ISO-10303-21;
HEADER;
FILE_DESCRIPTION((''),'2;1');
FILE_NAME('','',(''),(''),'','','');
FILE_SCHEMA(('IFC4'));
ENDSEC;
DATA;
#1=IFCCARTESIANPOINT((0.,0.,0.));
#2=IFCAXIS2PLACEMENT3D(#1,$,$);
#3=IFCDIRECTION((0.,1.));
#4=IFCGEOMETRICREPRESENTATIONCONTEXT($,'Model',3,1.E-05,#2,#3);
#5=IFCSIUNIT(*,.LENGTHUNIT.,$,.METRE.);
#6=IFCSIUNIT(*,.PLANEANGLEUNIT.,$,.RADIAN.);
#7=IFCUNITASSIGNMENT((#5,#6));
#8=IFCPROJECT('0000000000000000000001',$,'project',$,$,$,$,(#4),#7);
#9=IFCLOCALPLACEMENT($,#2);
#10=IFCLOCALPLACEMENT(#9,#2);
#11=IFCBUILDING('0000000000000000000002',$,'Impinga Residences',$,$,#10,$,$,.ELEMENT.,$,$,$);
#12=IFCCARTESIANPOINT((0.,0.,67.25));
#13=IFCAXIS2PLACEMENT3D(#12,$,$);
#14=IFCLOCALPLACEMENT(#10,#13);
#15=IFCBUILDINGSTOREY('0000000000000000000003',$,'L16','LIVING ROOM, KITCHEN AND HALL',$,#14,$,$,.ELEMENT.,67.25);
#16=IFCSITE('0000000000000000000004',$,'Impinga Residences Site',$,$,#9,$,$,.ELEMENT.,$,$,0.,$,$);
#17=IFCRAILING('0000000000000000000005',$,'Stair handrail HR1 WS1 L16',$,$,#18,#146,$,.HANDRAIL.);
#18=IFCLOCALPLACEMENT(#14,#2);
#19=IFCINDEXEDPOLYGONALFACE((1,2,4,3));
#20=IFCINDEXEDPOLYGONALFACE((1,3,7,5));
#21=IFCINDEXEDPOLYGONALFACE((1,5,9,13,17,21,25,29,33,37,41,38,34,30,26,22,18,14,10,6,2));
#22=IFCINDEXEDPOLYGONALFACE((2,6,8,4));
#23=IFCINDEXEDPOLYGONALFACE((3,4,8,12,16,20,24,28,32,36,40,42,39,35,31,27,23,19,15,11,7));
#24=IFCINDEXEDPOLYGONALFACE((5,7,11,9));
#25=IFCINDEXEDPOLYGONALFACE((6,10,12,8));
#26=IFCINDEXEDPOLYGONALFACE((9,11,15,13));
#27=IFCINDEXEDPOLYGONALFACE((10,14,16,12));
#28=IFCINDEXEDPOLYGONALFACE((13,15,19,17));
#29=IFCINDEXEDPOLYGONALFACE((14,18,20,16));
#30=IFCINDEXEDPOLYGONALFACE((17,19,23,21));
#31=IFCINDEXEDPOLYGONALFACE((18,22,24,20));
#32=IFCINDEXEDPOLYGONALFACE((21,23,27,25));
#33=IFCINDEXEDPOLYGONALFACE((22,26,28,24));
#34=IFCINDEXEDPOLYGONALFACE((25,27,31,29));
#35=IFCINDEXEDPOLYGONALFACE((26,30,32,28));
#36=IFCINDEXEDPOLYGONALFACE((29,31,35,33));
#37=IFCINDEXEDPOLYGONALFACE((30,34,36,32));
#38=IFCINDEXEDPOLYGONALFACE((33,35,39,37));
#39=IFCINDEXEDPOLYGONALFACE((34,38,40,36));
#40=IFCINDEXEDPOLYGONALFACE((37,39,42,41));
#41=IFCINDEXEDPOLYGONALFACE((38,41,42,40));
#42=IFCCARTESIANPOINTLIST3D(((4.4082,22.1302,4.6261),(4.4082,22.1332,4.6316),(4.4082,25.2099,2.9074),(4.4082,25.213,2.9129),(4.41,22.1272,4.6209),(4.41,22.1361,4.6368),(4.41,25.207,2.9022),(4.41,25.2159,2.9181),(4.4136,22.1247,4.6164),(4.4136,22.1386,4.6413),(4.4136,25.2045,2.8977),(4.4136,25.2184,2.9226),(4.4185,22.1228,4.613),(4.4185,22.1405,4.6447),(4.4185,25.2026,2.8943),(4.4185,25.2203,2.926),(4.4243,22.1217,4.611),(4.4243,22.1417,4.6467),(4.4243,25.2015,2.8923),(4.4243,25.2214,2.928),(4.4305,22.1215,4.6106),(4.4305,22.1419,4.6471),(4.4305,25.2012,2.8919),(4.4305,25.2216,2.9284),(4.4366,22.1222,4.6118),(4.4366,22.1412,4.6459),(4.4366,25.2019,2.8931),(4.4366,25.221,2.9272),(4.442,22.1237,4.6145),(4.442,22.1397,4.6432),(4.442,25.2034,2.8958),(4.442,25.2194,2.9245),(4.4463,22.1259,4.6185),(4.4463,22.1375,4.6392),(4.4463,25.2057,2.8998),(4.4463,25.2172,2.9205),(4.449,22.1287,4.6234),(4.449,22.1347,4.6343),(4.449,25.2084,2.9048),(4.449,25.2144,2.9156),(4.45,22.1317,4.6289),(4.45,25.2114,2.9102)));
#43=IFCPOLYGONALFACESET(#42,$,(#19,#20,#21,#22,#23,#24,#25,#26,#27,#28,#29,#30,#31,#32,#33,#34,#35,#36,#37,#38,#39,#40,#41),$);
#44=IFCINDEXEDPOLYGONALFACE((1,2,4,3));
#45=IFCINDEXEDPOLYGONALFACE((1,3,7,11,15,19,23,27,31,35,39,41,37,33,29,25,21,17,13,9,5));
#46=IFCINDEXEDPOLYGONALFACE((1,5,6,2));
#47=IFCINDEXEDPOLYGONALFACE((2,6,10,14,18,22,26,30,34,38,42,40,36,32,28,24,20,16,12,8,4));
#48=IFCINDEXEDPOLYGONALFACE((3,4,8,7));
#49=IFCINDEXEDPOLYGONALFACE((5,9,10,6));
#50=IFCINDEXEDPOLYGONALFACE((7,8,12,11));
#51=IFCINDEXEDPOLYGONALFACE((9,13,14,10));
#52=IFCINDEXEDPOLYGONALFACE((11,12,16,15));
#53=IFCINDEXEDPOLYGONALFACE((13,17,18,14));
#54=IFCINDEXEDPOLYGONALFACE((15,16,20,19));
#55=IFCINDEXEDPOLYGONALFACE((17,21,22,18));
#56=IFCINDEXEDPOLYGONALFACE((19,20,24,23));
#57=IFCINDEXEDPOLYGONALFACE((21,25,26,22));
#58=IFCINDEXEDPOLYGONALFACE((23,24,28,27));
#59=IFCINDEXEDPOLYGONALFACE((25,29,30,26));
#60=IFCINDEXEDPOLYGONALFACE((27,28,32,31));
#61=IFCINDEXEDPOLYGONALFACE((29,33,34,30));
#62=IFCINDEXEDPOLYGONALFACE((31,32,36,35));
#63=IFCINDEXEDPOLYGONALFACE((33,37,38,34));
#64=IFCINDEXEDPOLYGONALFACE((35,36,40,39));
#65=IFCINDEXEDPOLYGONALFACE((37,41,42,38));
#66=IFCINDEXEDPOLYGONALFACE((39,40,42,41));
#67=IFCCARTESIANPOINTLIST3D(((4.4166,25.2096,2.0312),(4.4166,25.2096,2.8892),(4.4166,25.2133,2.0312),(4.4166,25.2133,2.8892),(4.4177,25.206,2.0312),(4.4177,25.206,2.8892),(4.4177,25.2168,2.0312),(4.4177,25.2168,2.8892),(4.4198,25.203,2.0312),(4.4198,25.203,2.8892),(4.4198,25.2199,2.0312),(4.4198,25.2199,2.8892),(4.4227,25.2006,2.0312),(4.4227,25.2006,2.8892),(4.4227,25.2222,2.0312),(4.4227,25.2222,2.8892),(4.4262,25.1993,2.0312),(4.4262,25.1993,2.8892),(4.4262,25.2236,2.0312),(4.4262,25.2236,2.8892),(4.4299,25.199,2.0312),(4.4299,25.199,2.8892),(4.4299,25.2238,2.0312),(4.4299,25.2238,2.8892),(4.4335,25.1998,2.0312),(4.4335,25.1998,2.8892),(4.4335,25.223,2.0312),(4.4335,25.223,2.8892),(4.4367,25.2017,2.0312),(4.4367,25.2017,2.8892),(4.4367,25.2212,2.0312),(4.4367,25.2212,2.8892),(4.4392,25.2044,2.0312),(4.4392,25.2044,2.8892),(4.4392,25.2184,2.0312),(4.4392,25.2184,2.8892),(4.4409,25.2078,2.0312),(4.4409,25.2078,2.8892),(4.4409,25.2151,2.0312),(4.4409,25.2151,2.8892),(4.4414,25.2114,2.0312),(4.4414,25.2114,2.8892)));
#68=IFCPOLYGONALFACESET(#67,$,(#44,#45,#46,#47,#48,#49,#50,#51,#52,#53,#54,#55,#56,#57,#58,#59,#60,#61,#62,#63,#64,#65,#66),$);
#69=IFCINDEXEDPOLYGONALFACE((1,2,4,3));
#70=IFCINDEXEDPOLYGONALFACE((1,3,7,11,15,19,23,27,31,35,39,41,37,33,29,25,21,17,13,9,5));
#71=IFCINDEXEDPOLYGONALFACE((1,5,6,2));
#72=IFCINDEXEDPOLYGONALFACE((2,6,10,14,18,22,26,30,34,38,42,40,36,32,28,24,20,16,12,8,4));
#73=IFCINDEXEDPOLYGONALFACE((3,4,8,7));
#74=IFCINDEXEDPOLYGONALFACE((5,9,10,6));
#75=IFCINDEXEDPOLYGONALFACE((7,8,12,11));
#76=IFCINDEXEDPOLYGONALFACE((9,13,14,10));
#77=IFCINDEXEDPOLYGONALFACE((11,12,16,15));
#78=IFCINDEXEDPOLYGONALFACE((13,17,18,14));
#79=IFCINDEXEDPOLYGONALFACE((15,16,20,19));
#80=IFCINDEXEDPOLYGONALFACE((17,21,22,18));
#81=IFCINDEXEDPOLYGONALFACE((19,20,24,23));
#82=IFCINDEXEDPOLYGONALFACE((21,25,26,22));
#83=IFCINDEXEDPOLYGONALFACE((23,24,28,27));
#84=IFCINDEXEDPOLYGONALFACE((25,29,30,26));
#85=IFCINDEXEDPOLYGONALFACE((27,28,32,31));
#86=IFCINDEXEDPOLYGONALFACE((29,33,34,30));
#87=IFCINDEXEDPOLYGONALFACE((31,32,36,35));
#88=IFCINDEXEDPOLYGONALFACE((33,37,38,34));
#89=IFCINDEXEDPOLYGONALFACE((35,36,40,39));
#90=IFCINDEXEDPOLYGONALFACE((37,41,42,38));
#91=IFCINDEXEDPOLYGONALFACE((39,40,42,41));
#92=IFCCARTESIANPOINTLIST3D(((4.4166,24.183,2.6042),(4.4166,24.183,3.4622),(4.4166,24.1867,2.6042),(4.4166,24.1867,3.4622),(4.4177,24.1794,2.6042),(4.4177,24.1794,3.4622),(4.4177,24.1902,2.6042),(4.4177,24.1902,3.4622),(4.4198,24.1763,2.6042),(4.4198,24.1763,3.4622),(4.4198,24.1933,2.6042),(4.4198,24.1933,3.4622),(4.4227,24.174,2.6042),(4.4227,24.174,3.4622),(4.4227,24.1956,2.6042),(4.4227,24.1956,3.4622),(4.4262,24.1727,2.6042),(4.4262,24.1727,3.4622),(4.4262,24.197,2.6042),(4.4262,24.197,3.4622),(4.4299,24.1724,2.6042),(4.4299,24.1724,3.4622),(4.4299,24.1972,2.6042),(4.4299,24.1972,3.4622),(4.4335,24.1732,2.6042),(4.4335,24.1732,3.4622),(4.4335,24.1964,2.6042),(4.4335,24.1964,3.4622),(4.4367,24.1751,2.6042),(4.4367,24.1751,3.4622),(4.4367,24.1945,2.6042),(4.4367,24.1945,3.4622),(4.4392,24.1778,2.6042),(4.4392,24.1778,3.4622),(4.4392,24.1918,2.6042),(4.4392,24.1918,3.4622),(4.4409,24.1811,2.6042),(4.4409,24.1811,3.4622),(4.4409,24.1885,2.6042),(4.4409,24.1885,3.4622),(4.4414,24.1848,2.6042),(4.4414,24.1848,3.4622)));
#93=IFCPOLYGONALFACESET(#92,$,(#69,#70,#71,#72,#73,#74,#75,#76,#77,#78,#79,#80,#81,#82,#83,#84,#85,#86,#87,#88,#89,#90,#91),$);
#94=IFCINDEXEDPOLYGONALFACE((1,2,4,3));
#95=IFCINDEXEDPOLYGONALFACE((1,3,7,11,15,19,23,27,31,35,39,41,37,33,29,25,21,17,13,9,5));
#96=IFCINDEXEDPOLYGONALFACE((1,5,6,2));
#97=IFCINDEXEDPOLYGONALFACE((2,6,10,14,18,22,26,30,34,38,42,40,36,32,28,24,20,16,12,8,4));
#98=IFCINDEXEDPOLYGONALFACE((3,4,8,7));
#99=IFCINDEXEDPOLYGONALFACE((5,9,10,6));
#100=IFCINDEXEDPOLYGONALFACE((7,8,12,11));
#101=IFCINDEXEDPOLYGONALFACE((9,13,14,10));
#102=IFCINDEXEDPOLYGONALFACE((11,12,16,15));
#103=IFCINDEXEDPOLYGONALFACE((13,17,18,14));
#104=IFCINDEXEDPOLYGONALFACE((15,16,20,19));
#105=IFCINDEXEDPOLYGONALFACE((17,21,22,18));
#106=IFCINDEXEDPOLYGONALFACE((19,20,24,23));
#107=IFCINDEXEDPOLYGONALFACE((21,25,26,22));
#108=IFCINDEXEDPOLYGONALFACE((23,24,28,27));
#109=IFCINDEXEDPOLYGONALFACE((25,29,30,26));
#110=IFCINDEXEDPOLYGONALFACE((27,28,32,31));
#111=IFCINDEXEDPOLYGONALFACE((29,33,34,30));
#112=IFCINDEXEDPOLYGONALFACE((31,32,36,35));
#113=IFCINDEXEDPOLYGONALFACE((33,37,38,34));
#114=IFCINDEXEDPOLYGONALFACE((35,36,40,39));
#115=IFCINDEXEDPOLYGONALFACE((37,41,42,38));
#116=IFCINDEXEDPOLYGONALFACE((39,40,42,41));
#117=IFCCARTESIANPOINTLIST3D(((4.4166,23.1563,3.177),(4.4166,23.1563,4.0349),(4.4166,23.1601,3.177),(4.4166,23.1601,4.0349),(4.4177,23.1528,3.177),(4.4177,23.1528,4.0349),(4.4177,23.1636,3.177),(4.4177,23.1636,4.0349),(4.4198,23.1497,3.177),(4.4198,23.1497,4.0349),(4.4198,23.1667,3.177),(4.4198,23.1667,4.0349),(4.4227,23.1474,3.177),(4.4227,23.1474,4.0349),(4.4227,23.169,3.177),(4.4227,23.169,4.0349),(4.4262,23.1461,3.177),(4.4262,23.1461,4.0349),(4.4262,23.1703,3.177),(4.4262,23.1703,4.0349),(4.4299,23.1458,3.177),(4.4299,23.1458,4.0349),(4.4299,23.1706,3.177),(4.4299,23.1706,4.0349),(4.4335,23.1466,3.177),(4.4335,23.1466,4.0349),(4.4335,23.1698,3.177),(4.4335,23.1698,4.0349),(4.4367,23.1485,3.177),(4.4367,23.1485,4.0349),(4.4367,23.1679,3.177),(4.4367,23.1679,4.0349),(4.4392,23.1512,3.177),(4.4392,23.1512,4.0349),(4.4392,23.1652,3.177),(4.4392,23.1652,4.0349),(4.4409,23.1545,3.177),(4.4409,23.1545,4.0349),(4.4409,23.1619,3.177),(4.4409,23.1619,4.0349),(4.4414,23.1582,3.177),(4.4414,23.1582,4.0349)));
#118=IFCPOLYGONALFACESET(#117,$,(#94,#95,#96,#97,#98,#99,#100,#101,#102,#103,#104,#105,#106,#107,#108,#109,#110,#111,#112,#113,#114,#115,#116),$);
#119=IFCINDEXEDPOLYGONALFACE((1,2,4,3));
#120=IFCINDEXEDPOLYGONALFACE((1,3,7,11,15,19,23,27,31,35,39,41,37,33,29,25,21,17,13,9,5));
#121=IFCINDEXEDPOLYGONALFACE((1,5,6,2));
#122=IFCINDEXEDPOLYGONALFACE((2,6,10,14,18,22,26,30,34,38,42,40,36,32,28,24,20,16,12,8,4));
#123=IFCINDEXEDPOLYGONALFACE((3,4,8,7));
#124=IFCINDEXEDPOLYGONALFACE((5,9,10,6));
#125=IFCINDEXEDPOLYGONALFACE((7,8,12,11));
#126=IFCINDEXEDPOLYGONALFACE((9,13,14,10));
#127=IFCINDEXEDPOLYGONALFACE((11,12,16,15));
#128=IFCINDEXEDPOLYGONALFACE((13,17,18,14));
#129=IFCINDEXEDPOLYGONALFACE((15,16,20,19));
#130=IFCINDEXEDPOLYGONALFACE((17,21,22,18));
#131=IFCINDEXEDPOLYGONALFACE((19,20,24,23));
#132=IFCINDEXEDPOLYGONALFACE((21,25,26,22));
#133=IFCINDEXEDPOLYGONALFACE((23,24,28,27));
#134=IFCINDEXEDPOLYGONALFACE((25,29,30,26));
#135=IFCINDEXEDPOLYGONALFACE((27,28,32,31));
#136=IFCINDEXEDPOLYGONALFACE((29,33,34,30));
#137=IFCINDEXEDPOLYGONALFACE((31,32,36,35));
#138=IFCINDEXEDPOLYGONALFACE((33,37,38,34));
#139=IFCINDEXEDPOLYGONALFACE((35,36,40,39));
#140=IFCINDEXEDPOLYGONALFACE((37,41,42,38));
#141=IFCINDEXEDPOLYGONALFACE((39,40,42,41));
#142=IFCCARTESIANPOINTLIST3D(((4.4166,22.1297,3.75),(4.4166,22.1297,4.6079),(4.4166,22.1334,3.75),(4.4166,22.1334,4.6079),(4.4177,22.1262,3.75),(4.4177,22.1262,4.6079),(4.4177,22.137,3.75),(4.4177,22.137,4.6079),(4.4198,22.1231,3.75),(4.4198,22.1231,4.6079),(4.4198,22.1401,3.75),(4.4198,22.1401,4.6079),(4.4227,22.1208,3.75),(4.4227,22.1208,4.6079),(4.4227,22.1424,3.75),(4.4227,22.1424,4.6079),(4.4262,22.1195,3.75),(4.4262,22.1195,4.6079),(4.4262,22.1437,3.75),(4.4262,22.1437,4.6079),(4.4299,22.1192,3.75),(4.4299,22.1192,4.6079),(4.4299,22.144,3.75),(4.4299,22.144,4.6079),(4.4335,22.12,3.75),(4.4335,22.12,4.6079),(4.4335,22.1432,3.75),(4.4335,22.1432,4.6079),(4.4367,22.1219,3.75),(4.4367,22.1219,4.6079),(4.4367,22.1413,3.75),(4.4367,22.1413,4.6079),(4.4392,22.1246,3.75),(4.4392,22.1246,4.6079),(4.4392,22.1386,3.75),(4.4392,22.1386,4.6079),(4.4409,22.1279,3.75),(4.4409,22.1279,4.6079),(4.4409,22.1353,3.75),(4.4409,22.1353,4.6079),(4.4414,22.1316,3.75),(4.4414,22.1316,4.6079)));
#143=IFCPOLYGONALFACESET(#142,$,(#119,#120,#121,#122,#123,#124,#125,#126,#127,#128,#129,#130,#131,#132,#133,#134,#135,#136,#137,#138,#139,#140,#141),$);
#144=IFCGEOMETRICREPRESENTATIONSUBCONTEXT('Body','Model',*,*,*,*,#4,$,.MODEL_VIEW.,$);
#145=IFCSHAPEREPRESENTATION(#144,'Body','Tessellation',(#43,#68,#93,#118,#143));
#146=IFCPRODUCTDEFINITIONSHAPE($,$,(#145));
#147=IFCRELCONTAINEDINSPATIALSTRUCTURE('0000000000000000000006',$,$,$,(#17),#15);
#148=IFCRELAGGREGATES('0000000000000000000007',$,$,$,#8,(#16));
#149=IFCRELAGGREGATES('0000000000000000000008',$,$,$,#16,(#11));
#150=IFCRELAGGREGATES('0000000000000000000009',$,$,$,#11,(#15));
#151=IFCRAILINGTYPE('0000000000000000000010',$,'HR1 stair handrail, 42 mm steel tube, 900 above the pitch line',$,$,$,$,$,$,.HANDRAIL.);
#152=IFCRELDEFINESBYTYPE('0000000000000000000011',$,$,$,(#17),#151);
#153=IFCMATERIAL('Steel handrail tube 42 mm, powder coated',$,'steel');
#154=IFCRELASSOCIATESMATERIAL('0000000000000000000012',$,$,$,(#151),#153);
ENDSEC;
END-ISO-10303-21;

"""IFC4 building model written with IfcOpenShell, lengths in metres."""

from ifc_helpers import new_model, si_unit, direction, frame, origin, origin_2d, place, context, subcontext, project, spatial, circle, extrude, material, type_object, element, save


model = new_model("IFC4")

# Units and contexts
model_context = context("Model", 3, precision=1e-05, world=origin(), true_north=direction((0.0, 1.0)))
body_context = subcontext(model_context, "Body", "Model", "MODEL_VIEW")
ifc_project = project(units=[si_unit("LENGTHUNIT", "METRE"), si_unit("PLANEANGLEUNIT", "RADIAN")], contexts=[model_context])

# Site, building, storey
site_placement = place(None, origin())
site = spatial("IfcSite", under=ifc_project, at=site_placement, Name="Impinga Residences Site", CompositionType="ELEMENT", RefElevation=0.0)
building_placement = place(site_placement, origin())
building = spatial("IfcBuilding", under=site, at=building_placement, Name="Impinga Residences", CompositionType="ELEMENT")
storey_placement = place(building_placement, frame((0.0, 0.0, 67.25)))
storey = spatial("IfcBuildingStorey", under=building, at=storey_placement, Name="L16", Description="LIVING ROOM, KITCHEN AND HALL", CompositionType="ELEMENT", Elevation=67.25)

# Railing
ifc_material_1 = material(Name="Steel handrail tube 42 mm, powder coated", Category="steel")
railing_type_1 = type_object("IfcRailingType", Name="HR1 stair handrail, 42 mm steel tube, 900 above the pitch line", PredefinedType="HANDRAIL", material=ifc_material_1)
railing_1_placement = place(storey_placement, frame((4.429, 25.2114, 2.0312)))
element("IfcRailing", 1, at=railing_1_placement, inside=storey, type_object=railing_type_1, Name="Stair handrail HR1 WS1 L16", PredefinedType="HANDRAIL", context=body_context, shape_type="SweptSolid", body=[
    extrude(circle(Radius=0.021, at=origin_2d()), frame((0.0, 0.0, 0.8789), z_axis=(0.0, -0.873225, 0.487317), x_axis=(1.0, 0.0, 0.0)), (0.0, 0.0, 1.0), 3.5269),
    extrude(circle(Radius=0.0125, at=origin_2d()), origin(), (0.0, 0.0, 1.0), 0.8579),
    extrude(circle(Radius=0.0125, at=origin_2d()), frame((0.0, -1.0266, 0.573)), (0.0, 0.0, 1.0), 0.8579),
    extrude(circle(Radius=0.0125, at=origin_2d()), frame((0.0, -2.0532, 1.1458)), (0.0, 0.0, 1.0), 0.8579),
    extrude(circle(Radius=0.0125, at=origin_2d()), frame((0.0, -3.0798, 1.7188)), (0.0, 0.0, 1.0), 0.8579),
])

save(model, "model.ifc")
